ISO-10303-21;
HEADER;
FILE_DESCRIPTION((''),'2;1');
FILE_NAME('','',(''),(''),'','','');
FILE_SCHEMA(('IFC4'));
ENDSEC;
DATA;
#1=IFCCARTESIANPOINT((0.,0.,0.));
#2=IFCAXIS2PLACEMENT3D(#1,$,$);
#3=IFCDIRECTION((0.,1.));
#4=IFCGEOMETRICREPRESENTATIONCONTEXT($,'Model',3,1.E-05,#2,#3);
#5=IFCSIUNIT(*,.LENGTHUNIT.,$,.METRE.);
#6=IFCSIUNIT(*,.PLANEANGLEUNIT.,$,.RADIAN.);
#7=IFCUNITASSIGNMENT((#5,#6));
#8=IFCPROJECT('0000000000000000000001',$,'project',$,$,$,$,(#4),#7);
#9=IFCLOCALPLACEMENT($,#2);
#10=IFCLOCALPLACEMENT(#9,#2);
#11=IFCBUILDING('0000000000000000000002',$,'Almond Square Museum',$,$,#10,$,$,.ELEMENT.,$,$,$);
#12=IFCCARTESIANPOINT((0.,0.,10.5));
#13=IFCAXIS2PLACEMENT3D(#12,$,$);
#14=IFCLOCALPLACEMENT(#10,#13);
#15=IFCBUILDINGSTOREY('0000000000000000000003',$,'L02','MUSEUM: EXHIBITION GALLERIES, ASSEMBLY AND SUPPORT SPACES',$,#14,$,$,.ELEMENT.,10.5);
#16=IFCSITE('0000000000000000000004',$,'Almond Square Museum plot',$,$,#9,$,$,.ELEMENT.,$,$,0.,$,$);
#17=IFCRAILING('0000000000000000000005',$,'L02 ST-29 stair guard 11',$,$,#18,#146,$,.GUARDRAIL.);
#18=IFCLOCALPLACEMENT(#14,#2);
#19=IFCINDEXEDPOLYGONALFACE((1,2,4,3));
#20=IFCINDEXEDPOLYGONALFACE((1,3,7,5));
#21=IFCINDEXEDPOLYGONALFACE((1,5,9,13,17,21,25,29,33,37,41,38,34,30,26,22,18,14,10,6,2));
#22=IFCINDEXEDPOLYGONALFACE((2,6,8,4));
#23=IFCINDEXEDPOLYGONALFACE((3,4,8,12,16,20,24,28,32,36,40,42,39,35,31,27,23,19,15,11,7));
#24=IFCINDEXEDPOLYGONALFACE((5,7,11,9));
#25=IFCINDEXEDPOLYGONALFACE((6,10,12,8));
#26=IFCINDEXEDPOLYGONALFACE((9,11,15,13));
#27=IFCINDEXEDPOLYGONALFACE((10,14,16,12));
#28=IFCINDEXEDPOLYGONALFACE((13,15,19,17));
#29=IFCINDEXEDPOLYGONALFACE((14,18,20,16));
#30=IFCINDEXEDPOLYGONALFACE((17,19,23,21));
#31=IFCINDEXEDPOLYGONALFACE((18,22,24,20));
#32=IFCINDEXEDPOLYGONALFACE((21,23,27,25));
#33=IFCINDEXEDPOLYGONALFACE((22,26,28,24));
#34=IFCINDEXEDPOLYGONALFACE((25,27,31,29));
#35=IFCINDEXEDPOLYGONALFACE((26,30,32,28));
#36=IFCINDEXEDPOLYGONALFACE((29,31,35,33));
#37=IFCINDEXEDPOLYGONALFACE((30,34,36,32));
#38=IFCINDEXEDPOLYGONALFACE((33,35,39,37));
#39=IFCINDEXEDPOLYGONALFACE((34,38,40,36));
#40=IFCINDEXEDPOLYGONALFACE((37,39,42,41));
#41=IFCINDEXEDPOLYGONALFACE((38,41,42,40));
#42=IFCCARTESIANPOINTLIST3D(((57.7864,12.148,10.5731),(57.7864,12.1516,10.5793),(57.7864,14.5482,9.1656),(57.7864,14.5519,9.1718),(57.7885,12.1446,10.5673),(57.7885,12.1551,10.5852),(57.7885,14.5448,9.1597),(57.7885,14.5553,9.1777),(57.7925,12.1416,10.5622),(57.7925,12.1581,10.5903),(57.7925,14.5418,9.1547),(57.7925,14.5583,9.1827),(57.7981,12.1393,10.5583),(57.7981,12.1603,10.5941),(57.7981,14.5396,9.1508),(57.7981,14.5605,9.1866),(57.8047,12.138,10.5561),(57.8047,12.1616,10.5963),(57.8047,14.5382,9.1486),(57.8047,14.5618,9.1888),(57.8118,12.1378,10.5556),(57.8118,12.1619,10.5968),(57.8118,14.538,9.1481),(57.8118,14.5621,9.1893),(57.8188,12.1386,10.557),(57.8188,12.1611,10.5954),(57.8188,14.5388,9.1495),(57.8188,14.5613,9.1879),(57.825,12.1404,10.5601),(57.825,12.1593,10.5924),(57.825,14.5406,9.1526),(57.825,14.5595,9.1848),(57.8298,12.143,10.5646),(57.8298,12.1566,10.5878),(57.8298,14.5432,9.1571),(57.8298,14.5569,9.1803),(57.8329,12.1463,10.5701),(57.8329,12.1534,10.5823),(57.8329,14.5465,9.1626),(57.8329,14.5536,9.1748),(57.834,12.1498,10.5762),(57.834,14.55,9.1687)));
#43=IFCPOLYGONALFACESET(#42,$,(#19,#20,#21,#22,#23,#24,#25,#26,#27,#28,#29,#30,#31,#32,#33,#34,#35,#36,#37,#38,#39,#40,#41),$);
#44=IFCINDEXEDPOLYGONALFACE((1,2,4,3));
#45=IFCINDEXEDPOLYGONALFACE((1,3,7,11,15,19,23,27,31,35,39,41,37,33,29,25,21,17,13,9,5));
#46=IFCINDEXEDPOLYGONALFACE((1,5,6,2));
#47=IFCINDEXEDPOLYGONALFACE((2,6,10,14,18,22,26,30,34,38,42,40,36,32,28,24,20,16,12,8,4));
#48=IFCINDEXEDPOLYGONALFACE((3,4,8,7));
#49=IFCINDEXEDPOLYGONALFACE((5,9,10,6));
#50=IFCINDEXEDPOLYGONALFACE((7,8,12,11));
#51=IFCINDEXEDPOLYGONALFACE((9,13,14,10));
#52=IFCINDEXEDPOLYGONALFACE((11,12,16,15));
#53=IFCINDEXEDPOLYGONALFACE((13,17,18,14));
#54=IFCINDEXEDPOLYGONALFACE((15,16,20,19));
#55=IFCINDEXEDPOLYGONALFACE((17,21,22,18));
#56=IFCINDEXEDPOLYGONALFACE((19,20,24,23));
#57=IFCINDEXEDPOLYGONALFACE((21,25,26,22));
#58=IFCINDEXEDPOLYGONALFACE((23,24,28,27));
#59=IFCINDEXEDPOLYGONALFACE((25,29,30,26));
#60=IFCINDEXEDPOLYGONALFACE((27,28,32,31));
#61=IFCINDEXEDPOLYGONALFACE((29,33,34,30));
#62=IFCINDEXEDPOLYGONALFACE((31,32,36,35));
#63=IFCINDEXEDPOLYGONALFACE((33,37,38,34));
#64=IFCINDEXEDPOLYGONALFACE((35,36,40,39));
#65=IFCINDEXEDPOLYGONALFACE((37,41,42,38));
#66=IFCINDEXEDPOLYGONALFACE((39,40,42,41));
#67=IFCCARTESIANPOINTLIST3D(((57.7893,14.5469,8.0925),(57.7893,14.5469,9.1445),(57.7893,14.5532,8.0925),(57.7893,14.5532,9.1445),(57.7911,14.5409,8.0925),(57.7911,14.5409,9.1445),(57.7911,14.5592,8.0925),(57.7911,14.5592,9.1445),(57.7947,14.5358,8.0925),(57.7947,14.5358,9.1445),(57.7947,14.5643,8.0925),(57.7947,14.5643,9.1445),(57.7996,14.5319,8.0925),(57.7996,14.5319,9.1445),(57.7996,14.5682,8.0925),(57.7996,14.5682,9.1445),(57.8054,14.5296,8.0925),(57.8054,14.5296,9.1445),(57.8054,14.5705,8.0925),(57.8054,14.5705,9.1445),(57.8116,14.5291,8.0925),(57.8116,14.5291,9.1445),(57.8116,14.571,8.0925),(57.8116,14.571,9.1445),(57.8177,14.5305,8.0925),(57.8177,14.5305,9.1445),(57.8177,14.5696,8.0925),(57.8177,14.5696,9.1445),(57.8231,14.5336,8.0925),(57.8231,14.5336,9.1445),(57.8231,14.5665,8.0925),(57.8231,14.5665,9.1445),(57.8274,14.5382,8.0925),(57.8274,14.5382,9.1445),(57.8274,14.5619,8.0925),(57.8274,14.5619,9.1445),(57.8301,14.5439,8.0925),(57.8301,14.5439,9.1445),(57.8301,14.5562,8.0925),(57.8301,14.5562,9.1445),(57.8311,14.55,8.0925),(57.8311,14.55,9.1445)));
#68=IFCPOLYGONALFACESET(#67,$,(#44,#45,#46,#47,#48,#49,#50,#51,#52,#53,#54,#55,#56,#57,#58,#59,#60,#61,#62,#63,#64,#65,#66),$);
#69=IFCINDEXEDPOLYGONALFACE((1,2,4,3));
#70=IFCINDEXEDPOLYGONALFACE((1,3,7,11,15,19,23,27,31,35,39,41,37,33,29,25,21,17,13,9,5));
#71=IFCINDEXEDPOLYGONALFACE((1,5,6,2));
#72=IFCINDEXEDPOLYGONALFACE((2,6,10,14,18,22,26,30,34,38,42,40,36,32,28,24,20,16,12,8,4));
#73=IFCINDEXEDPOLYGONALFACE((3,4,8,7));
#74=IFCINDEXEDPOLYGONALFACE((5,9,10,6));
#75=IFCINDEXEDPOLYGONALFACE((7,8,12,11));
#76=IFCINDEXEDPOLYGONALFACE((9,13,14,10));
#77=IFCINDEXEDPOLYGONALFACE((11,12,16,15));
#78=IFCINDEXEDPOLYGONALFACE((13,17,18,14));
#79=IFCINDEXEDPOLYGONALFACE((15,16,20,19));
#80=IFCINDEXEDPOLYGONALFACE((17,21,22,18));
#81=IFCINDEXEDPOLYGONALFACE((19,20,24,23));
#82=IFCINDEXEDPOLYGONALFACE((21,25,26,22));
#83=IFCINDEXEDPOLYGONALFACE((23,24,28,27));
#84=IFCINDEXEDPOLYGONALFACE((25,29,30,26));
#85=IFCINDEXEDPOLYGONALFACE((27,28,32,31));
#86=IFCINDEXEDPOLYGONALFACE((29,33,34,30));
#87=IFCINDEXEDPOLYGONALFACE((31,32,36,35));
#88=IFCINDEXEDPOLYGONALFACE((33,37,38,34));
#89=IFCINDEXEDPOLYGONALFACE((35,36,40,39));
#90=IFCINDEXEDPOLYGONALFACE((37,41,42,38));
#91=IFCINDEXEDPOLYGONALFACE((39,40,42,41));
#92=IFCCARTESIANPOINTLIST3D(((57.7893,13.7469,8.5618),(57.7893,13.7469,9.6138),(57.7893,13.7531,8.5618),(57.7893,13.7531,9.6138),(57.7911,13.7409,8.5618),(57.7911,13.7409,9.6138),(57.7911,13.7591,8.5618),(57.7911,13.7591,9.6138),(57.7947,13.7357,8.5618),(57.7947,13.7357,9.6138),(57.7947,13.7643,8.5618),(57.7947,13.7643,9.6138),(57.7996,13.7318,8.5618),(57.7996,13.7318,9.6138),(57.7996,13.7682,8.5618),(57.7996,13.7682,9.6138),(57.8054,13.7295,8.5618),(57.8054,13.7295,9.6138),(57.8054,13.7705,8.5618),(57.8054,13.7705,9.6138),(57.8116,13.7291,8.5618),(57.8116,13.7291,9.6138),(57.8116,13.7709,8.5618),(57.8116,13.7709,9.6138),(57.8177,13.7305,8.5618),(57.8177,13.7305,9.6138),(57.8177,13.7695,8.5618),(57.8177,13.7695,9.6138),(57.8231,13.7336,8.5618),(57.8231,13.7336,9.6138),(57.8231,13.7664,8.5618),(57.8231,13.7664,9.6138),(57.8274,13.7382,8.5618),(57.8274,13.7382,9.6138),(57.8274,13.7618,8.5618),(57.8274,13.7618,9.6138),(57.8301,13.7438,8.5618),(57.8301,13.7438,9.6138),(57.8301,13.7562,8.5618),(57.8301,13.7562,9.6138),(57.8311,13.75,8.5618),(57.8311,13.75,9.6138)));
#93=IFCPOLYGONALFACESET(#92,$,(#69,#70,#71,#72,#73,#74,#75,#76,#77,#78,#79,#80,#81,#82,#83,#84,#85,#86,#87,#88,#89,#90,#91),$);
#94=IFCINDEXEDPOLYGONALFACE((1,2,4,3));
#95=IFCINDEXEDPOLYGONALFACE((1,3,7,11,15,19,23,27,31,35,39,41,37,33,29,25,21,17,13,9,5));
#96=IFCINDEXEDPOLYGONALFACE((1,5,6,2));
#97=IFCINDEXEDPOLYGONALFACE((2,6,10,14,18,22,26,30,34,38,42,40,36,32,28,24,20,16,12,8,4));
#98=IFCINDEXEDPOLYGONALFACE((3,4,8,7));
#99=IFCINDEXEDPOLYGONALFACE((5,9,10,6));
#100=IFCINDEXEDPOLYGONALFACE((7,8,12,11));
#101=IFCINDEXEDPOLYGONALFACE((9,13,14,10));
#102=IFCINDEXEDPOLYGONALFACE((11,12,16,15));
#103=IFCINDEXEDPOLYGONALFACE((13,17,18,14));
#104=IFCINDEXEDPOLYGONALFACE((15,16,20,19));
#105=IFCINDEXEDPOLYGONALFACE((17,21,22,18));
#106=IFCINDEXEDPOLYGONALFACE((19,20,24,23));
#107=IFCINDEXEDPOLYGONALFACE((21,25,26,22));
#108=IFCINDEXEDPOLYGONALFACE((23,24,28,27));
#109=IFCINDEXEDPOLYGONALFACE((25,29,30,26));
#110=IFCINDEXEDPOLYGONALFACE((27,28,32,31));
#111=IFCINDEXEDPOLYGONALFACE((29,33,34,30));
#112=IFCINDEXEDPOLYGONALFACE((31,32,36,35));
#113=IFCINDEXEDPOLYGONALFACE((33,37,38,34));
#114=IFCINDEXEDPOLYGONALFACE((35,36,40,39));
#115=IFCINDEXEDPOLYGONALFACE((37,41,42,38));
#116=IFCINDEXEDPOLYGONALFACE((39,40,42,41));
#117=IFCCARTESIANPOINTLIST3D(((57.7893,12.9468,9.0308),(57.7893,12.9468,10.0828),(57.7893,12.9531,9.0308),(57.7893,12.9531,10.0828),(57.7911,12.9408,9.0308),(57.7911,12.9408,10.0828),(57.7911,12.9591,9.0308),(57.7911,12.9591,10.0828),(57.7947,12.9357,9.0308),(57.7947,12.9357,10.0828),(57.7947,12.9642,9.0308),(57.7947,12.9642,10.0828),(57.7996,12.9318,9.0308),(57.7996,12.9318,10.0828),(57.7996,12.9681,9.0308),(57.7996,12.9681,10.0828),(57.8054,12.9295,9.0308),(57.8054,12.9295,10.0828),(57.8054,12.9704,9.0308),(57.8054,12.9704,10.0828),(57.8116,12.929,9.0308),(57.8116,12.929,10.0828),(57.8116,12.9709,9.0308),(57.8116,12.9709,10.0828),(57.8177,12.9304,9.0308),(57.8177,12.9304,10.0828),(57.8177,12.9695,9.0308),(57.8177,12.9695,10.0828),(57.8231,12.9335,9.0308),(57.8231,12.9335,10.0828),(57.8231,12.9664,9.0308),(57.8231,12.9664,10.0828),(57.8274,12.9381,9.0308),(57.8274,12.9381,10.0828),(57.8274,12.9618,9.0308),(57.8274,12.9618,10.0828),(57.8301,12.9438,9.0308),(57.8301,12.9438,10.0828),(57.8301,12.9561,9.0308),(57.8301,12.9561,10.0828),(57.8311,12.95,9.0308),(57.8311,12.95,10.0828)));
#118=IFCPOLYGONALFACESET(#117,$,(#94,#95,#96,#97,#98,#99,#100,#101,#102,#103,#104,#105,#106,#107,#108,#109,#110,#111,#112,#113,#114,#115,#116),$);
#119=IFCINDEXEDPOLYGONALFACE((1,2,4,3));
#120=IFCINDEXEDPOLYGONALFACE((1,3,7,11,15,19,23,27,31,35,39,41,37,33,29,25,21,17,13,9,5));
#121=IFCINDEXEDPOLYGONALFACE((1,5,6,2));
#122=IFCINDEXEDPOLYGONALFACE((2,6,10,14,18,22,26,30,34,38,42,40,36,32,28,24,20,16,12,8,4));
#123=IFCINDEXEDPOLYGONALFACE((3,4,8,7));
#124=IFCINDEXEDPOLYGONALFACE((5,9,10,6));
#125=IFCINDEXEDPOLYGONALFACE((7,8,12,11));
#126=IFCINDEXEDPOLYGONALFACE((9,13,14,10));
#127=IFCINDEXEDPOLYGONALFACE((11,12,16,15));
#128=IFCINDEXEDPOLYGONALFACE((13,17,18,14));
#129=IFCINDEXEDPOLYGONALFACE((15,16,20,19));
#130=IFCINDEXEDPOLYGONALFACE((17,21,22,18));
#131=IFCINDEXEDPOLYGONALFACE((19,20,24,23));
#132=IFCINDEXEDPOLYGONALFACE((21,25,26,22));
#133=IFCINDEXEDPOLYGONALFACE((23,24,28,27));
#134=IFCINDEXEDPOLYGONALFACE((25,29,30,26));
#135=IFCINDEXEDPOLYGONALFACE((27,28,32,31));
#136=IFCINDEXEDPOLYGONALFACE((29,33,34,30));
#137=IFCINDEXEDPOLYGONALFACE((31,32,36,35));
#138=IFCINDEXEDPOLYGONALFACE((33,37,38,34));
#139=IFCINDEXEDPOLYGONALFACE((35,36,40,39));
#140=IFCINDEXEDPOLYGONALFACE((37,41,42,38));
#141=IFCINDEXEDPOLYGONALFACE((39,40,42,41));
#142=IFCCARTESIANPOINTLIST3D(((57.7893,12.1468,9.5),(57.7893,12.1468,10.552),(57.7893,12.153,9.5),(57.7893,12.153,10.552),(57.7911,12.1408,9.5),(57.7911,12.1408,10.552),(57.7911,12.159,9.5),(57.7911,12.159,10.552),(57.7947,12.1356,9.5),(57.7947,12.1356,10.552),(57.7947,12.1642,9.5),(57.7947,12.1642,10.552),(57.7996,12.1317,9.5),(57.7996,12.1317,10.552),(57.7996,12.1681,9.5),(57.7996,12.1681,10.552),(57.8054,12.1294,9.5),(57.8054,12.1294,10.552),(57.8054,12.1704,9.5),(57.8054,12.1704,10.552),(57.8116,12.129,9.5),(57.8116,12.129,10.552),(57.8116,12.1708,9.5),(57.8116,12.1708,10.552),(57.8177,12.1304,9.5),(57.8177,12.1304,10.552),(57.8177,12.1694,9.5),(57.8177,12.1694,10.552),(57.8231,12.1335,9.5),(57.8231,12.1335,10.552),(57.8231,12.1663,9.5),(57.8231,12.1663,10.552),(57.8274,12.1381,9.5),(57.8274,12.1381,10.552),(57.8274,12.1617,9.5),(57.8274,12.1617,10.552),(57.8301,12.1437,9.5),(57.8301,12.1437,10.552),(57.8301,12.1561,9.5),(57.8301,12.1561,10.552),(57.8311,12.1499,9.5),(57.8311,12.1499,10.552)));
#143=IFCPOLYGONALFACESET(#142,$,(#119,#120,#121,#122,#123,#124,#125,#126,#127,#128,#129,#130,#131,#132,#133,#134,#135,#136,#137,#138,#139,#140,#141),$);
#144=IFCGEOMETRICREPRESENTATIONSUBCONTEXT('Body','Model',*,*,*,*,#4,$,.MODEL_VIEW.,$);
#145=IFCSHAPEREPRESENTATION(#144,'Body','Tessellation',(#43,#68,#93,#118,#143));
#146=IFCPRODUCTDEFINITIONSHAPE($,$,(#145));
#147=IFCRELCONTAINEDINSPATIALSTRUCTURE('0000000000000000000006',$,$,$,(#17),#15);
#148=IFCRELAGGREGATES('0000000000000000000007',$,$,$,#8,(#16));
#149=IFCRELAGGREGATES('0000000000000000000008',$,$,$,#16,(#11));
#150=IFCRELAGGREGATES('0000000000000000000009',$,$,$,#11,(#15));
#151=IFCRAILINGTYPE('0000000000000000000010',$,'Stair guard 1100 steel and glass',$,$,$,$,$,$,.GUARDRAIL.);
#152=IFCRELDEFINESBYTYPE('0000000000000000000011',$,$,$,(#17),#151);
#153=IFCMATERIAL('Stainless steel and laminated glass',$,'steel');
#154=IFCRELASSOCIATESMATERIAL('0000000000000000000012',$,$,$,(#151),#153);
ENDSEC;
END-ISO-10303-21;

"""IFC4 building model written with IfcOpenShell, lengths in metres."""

from ifc_helpers import new_model, si_unit, direction, frame, origin, origin_2d, place, context, subcontext, project, spatial, circle, extrude, material, type_object, element, save


model = new_model("IFC4")

# Units and contexts
model_context = context("Model", 3, precision=1e-05, world=origin(), true_north=direction((0.0, 1.0)))
body_context = subcontext(model_context, "Body", "Model", "MODEL_VIEW")
ifc_project = project(units=[si_unit("LENGTHUNIT", "METRE"), si_unit("PLANEANGLEUNIT", "RADIAN")], contexts=[model_context])

# Site, building, storey
site_placement = place(None, origin())
site = spatial("IfcSite", under=ifc_project, at=site_placement, Name="Almond Square Museum plot", CompositionType="ELEMENT", RefElevation=0.0)
building_placement = place(site_placement, origin())
building = spatial("IfcBuilding", under=site, at=building_placement, Name="Almond Square Museum", CompositionType="ELEMENT")
storey_placement = place(building_placement, frame((0.0, 0.0, 10.5)))
storey = spatial("IfcBuildingStorey", under=building, at=storey_placement, Name="L02", Description="MUSEUM: EXHIBITION GALLERIES, ASSEMBLY AND SUPPORT SPACES", CompositionType="ELEMENT", Elevation=10.5)

# Railing
ifc_material_1 = material(Name="Stainless steel and laminated glass", Category="steel")
railing_type_1 = type_object("IfcRailingType", Name="Stair guard 1100 steel and glass", PredefinedType="GUARDRAIL", material=ifc_material_1)
railing_1_placement = place(storey_placement, frame((57.8101, 14.55, 8.0925)))
element("IfcRailing", 1, at=railing_1_placement, inside=storey, type_object=railing_type_1, Name="L02 ST-29 stair guard 11", PredefinedType="GUARDRAIL", context=body_context, shape_type="SweptSolid", body=[
    extrude(circle(Radius=0.0239, at=origin_2d()), frame((0.0, 0.0, 1.0762), z_axis=(0.0, -0.862621, 0.50585), x_axis=(1.0, 0.0, 0.0)), (0.0, 0.0, 1.0), 2.7825),
    extrude(circle(Radius=0.021, at=origin_2d()), origin(), (0.0, 0.0, 1.0), 1.052),
    extrude(circle(Radius=0.021, at=origin_2d()), frame((0.0, -0.8, 0.4692)), (0.0, 0.0, 1.0), 1.052),
    extrude(circle(Radius=0.021, at=origin_2d()), frame((0.0, -1.6001, 0.9382)), (0.0, 0.0, 1.0), 1.052),
    extrude(circle(Radius=0.021, at=origin_2d()), frame((0.0, -2.4001, 1.4075)), (0.0, 0.0, 1.0), 1.052),
])

save(model, "model.ifc")
